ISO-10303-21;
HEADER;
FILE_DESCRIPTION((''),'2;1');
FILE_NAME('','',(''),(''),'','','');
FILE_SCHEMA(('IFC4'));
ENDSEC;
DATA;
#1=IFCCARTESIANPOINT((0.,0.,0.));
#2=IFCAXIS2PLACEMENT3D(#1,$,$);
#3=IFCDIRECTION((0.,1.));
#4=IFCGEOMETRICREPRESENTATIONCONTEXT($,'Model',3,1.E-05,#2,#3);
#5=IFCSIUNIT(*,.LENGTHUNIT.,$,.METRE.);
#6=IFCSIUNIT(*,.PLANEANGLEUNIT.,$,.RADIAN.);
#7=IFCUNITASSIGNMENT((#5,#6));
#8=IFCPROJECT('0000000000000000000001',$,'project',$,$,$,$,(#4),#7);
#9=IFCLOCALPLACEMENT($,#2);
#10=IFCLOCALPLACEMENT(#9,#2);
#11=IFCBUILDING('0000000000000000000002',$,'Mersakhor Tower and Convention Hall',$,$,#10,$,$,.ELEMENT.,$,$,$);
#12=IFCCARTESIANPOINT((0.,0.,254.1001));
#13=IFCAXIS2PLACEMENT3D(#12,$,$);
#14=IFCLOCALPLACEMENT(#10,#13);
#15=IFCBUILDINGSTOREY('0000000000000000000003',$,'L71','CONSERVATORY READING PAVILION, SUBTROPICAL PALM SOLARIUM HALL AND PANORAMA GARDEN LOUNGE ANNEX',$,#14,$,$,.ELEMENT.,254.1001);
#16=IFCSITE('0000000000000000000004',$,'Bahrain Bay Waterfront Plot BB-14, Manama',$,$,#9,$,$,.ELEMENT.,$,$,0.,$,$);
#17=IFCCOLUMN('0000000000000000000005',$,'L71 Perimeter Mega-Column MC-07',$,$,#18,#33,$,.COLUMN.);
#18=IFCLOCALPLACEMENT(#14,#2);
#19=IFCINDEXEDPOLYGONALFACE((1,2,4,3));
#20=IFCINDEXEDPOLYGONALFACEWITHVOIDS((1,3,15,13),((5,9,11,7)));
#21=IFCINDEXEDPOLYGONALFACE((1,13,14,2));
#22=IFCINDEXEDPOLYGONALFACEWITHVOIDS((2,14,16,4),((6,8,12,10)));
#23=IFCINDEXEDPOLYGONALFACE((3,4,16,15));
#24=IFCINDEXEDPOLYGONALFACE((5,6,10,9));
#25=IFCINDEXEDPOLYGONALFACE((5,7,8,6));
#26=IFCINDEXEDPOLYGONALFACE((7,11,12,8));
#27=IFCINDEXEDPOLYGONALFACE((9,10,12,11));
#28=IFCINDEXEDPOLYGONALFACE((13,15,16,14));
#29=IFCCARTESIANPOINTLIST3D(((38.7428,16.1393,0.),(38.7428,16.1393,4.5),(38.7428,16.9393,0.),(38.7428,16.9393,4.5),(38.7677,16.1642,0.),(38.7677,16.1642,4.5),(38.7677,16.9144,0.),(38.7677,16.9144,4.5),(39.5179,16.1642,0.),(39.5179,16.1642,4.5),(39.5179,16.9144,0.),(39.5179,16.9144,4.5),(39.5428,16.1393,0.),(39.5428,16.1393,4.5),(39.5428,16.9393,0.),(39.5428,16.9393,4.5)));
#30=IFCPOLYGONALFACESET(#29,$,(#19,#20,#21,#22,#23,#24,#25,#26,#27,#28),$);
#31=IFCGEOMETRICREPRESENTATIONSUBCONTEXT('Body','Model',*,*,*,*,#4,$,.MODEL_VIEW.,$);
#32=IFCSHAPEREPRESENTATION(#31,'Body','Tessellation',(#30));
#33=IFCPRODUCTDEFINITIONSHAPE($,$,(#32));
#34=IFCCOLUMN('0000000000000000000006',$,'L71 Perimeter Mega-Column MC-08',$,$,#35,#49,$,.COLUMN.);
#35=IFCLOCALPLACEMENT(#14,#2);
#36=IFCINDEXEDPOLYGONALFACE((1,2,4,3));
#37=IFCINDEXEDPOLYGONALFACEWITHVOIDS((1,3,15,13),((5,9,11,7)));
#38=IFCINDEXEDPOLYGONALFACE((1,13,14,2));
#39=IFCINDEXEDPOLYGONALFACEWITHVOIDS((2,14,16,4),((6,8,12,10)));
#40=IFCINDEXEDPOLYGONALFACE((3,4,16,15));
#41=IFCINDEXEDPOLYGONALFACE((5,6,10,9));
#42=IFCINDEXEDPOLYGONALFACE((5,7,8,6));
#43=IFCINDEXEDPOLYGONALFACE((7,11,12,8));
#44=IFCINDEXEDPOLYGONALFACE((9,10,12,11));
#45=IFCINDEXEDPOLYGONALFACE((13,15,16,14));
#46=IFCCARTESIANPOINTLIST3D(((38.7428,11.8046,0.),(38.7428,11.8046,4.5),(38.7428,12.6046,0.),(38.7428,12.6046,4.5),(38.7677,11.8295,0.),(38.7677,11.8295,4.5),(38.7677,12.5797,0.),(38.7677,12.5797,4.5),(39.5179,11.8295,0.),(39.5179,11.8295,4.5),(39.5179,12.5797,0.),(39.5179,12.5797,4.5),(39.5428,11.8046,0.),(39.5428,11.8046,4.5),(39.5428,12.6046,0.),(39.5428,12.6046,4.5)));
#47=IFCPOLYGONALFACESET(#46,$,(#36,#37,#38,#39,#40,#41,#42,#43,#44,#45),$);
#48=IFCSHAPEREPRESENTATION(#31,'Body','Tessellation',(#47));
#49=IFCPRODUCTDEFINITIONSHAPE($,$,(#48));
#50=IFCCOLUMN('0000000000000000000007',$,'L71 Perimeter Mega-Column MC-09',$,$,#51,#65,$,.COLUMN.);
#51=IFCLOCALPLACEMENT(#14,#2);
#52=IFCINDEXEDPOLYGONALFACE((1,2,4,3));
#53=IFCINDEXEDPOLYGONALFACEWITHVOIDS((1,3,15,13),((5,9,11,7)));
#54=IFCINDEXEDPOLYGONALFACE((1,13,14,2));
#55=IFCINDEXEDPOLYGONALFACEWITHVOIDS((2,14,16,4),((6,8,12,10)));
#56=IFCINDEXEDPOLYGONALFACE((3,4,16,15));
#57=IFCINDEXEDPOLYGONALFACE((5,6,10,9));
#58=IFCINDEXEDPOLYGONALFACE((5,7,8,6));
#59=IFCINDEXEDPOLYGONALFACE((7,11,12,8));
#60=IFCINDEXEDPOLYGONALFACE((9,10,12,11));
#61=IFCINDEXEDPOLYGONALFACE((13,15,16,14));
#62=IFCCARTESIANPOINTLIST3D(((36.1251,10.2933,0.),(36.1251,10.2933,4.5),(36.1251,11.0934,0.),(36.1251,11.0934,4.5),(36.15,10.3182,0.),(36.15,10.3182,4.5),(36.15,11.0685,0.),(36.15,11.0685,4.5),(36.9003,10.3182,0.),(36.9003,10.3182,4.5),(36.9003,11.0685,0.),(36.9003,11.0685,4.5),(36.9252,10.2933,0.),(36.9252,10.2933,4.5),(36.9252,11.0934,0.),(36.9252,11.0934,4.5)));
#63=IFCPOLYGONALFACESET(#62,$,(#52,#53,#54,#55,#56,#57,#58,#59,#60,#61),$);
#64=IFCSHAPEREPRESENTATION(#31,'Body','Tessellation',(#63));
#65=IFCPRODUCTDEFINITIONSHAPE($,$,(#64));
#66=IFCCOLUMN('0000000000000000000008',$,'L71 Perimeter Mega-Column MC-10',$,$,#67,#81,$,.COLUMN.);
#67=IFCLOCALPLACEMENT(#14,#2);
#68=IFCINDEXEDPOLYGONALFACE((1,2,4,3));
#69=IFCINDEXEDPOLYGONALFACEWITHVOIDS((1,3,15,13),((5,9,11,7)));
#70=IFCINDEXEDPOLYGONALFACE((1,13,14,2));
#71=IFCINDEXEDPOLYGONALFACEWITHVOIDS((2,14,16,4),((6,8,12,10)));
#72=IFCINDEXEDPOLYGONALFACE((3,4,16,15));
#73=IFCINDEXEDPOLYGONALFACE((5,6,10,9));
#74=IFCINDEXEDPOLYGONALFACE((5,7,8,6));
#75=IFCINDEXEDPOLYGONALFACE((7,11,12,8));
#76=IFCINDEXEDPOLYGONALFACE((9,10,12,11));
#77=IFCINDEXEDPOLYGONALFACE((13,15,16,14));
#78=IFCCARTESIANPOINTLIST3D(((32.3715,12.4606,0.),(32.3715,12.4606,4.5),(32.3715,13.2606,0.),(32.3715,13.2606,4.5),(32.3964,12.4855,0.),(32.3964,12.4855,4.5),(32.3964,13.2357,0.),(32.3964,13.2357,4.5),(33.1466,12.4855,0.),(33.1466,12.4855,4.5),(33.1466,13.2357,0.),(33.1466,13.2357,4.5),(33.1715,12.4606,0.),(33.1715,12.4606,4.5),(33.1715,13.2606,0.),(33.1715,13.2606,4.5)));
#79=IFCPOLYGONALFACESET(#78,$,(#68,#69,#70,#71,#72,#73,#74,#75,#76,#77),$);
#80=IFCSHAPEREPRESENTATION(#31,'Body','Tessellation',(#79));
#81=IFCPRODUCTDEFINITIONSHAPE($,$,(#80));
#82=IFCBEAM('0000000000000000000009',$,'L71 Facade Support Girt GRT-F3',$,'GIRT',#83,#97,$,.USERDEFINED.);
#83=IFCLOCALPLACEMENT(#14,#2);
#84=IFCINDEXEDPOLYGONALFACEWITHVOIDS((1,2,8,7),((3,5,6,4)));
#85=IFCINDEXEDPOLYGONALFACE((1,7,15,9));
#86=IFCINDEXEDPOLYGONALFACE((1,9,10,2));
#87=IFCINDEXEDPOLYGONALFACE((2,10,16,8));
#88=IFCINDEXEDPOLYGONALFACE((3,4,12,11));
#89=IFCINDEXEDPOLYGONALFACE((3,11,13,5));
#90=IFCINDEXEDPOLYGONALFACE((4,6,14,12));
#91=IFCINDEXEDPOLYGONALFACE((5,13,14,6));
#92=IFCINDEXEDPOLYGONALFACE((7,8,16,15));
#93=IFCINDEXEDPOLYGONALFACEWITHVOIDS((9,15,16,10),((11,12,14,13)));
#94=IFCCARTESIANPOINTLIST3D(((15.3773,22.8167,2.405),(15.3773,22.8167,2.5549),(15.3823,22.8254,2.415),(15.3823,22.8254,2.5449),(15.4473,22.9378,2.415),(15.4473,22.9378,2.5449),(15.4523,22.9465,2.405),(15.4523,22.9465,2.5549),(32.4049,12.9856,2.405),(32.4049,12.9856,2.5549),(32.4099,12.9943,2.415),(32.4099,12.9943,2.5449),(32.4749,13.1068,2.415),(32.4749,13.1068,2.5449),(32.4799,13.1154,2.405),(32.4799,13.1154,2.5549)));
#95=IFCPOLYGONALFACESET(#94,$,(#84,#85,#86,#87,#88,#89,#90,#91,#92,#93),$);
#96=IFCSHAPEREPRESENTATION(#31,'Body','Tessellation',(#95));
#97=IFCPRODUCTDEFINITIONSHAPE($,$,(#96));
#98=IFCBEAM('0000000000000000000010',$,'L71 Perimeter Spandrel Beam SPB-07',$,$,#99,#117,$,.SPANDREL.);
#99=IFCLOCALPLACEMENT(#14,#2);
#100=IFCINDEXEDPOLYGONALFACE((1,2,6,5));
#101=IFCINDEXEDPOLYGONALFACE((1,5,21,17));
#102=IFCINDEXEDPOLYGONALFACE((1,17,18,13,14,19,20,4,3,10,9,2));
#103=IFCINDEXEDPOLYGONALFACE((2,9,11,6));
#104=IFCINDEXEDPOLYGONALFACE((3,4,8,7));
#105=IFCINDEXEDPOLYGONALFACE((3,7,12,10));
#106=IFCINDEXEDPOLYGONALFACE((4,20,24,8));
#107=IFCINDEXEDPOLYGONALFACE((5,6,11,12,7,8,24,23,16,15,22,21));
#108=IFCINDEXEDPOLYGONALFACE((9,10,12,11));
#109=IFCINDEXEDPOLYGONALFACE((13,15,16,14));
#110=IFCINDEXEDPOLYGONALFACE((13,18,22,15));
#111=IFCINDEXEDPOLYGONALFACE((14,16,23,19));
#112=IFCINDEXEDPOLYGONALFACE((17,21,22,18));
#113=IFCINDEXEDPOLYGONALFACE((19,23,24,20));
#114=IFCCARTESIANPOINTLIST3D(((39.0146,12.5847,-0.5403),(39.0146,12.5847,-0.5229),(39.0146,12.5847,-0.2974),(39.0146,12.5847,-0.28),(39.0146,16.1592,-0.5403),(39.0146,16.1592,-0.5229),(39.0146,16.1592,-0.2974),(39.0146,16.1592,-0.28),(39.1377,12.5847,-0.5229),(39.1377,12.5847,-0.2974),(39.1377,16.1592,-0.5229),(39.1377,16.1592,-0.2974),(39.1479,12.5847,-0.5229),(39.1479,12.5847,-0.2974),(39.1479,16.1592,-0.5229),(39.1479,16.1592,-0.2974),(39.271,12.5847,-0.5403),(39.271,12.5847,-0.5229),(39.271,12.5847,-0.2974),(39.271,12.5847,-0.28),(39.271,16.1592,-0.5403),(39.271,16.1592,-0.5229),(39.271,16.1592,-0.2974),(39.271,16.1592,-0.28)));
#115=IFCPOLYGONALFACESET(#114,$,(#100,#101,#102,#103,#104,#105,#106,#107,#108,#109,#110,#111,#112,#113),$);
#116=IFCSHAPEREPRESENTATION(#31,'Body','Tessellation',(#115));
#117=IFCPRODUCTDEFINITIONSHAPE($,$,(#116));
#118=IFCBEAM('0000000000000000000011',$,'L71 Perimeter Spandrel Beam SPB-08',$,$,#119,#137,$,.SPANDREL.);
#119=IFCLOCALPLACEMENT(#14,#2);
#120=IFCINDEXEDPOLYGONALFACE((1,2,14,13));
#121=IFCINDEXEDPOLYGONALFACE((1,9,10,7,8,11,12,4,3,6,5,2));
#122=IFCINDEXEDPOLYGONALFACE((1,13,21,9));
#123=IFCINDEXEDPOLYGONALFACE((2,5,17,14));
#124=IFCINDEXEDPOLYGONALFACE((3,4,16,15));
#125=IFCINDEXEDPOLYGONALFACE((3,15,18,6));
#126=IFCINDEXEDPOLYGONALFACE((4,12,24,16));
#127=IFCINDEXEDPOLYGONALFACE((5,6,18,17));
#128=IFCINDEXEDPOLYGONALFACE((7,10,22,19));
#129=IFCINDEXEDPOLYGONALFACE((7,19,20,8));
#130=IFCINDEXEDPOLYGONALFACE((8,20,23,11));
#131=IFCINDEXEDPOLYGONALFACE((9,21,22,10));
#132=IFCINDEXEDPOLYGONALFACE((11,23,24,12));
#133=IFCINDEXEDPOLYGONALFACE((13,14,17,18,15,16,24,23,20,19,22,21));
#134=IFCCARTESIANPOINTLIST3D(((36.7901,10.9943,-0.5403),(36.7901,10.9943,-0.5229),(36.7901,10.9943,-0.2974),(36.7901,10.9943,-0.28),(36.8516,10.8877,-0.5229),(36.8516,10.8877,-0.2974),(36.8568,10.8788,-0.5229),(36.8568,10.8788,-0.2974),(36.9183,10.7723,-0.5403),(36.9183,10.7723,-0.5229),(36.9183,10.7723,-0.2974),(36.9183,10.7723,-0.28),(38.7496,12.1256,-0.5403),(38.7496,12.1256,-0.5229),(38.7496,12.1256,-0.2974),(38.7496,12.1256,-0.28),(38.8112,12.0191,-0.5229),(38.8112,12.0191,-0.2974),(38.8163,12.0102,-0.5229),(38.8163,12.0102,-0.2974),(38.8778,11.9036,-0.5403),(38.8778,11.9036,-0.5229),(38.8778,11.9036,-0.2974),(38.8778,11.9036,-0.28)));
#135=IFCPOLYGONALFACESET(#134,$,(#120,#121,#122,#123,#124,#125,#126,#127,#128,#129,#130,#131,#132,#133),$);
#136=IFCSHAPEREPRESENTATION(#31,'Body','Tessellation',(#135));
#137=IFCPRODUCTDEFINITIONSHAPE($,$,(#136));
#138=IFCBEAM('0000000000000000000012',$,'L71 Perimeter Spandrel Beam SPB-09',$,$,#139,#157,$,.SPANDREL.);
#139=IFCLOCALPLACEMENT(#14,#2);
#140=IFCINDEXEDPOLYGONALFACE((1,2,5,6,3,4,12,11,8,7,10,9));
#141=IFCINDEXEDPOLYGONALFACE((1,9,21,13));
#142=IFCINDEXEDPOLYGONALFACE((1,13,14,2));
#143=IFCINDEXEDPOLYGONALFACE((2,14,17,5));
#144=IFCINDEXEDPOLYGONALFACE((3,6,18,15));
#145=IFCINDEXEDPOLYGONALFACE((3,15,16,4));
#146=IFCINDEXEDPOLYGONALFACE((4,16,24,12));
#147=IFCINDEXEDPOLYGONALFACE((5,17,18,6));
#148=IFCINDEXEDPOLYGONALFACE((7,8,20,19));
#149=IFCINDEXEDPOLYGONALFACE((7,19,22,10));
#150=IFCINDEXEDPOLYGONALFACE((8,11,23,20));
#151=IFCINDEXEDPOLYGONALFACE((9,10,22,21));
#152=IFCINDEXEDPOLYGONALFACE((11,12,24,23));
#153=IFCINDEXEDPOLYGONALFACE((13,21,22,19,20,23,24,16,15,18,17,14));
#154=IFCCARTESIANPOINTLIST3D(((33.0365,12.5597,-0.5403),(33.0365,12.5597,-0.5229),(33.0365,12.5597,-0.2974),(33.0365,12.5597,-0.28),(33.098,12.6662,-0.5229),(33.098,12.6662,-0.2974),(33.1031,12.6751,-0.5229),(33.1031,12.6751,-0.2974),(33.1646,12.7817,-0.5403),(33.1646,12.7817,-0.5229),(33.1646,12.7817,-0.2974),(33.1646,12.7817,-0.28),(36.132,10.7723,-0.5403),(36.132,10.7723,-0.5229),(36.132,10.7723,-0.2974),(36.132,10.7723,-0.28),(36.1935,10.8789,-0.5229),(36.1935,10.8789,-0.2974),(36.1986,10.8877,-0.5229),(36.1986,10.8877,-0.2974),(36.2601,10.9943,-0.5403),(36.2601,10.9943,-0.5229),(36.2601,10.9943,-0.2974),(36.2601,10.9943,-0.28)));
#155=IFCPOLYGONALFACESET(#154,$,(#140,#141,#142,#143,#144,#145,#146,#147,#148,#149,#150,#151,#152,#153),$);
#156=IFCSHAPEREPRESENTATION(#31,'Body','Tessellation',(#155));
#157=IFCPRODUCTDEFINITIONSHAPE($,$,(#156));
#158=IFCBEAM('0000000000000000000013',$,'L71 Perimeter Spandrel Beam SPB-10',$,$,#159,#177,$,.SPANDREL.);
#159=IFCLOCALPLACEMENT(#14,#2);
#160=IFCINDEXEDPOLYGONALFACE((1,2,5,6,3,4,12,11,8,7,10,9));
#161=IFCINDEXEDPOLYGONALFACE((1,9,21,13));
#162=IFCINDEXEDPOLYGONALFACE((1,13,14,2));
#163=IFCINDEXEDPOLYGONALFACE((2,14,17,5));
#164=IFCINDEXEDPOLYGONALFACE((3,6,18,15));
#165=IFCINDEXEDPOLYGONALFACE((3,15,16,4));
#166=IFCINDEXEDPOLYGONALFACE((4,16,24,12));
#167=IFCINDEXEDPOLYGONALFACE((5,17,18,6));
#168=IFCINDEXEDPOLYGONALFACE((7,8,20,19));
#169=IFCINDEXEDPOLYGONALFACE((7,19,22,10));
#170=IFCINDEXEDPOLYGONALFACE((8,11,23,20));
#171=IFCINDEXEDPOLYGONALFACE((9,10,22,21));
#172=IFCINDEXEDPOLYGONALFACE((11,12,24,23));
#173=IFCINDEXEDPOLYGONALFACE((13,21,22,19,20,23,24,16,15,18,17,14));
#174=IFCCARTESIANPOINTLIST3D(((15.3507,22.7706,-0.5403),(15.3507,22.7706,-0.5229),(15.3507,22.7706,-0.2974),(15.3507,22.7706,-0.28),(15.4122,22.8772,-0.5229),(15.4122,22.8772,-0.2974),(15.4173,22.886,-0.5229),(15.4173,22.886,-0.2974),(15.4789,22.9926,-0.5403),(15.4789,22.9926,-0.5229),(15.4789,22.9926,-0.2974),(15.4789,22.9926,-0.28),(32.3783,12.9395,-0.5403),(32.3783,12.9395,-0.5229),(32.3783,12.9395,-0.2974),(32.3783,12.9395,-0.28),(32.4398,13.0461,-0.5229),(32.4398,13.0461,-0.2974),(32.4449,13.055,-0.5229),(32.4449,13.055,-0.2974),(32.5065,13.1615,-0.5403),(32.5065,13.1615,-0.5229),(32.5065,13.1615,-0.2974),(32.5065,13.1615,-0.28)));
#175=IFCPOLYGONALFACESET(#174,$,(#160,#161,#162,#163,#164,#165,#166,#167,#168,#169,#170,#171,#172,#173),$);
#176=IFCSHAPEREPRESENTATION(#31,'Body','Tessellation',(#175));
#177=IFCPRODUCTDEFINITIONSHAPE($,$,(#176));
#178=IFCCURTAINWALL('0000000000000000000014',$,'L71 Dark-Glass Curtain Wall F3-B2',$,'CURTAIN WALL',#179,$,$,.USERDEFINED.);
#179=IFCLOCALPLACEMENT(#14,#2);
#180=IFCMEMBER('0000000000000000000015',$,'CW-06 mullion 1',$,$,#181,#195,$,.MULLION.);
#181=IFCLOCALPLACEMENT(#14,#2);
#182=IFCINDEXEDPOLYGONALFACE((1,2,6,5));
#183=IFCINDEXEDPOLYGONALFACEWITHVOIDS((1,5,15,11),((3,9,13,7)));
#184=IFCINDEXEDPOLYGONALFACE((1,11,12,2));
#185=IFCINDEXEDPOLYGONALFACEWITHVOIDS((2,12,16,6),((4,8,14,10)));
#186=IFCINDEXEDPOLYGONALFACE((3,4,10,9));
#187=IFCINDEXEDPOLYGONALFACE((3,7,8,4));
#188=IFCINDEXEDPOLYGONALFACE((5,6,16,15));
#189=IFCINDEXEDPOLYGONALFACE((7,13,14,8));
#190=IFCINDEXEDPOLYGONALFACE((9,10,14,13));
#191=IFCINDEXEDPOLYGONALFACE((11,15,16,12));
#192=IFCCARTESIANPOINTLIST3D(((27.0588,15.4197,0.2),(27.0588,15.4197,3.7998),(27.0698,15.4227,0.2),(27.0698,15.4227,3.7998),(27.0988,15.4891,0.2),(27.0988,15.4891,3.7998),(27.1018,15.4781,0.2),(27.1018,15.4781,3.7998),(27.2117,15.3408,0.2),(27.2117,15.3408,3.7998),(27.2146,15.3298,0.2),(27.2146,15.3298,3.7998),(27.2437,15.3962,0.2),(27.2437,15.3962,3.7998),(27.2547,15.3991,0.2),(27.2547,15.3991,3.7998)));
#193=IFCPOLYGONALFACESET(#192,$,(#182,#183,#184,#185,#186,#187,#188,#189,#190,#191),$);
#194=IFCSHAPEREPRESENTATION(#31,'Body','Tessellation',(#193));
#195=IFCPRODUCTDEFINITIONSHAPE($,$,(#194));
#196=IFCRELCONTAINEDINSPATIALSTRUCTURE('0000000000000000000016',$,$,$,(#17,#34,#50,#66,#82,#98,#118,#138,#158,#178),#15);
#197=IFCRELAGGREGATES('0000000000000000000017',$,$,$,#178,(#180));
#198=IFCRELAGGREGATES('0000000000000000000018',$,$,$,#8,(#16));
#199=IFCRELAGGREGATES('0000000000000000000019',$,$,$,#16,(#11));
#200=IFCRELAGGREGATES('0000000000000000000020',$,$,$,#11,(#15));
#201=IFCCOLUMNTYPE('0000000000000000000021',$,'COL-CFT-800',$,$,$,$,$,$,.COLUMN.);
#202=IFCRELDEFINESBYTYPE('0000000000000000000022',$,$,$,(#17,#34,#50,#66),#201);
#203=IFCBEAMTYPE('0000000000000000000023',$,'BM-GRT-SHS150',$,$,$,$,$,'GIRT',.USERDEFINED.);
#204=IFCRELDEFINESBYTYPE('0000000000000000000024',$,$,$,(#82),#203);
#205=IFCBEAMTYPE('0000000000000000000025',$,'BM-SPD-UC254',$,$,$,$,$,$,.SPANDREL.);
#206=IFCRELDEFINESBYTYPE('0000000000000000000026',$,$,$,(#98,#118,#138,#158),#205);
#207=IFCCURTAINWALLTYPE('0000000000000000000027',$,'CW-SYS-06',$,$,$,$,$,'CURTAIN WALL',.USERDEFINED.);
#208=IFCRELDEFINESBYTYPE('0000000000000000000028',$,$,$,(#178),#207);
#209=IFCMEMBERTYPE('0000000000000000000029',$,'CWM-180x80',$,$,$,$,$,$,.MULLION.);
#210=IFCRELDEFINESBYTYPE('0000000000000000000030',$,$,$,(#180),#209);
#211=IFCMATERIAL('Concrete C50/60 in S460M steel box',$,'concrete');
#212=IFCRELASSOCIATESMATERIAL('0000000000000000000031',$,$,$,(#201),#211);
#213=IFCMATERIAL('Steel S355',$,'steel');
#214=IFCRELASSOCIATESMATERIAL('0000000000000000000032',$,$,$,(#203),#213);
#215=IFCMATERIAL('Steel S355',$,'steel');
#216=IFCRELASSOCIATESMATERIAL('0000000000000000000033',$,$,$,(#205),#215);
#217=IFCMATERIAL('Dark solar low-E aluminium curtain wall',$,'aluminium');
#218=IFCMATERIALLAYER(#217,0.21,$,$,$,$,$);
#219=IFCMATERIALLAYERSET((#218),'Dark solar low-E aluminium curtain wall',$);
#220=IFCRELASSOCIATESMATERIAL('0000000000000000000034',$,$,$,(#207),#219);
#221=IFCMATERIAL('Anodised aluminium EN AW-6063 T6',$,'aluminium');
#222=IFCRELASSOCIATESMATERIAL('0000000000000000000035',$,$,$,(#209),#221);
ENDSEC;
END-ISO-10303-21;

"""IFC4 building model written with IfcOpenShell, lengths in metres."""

from ifc_helpers import new_model, si_unit, direction, frame, origin, origin_2d, place, context, subcontext, project, spatial, hollow_rectangle, i_section, extrude, material, layer, layer_set, material_profile, profile_set, type_object, element, aggregate, save


model = new_model("IFC4")

# Units and contexts
model_context = context("Model", 3, precision=1e-05, world=origin(), true_north=direction((0.0, 1.0)))
body_context = subcontext(model_context, "Body", "Model", "MODEL_VIEW")
ifc_project = project(units=[si_unit("LENGTHUNIT", "METRE"), si_unit("PLANEANGLEUNIT", "RADIAN")], contexts=[model_context])

# Site, building, storey
site_placement = place(None, origin())
site = spatial("IfcSite", under=ifc_project, at=site_placement, Name="Bahrain Bay Waterfront Plot BB-14, Manama", CompositionType="ELEMENT", RefElevation=0.0)
building_placement = place(site_placement, origin())
building = spatial("IfcBuilding", under=site, at=building_placement, Name="Mersakhor Tower and Convention Hall", CompositionType="ELEMENT")
storey_placement = place(building_placement, frame((0.0, 0.0, 254.1001)))
storey = spatial("IfcBuildingStorey", under=building, at=storey_placement, Name="L71", Description="CONSERVATORY READING PAVILION, SUBTROPICAL PALM SOLARIUM HALL AND PANORAMA GARDEN LOUNGE ANNEX", CompositionType="ELEMENT", Elevation=254.1001)

# Columns
ifc_material_1 = material(Name="Concrete C50/60 in S460M steel box", Category="concrete")
ifc_material_profile_1 = material_profile(ifc_material_1, hollow_rectangle(XDim=0.8, YDim=0.8, WallThickness=0.0249, at=origin_2d()), Name="SHS 800x800x25")
ifc_profile_set_1 = profile_set([ifc_material_profile_1], Name="Concrete C50/60 in S460M steel box")
column_type = type_object("IfcColumnType", Name="COL-CFT-800", PredefinedType="COLUMN", material=ifc_profile_set_1)
for number, where, z_axis, x_axis, name in (
    (1, (39.1428, 16.5393, 0.0), (0.0, 0.0, 1.0), (1.0, 0.0, 0.0), "L71 Perimeter Mega-Column MC-07"),
    (2, (39.1428, 12.2046, 0.0), (0.0, 0.0, 1.0), (1.0, 0.0, 0.0), "L71 Perimeter Mega-Column MC-08"),
    (3, (36.5251, 10.6934, 0.0), (0.0, 0.0, 1.0), (1.0, 0.0, 0.0), "L71 Perimeter Mega-Column MC-09"),
    (4, (32.7715, 12.8606, 0.0), (0.0, 0.0, 1.0), (1.0, 0.0, 0.0), "L71 Perimeter Mega-Column MC-10"),
):
    element("IfcColumn", number, at=place(storey_placement, frame(where, z_axis=z_axis, x_axis=x_axis)), inside=storey, type_object=column_type, Name=name, PredefinedType="COLUMN", context=body_context, shape_type="SweptSolid", body=[
        extrude(hollow_rectangle(XDim=0.8, YDim=0.8, WallThickness=0.0249, at=origin_2d()), origin(), (0.0, 0.0, 1.0), 4.5),
    ])

# Beams
ifc_material_2 = material(Name="Steel S355", Category="steel")
ifc_material_profile_2 = material_profile(ifc_material_2, hollow_rectangle(XDim=0.1499, YDim=0.1499, WallThickness=0.01, at=origin_2d()), Name="SHS 150x150x10")
ifc_profile_set_2 = profile_set([ifc_material_profile_2], Name="Steel S355")
beam_type_1 = type_object("IfcBeamType", Name="BM-GRT-SHS150", ElementType="GIRT", PredefinedType="USERDEFINED", material=ifc_profile_set_2)
beam_1_placement = place(storey_placement, frame((32.4424, 13.0505, 2.48), z_axis=(-0.866022, 0.500007, 0.0), x_axis=(-0.500007, -0.866022, 0.0)))
element("IfcBeam", 5, at=beam_1_placement, inside=storey, type_object=beam_type_1, Name="L71 Facade Support Girt GRT-F3", ObjectType="GIRT", PredefinedType="USERDEFINED", context=body_context, shape_type="SweptSolid", body=[
    extrude(hollow_rectangle(XDim=0.1499, YDim=0.1499, WallThickness=0.01, at=origin_2d()), origin(), (0.0, 0.0, 1.0), 19.6619),
])
ifc_material_3 = material(Name="Steel S355", Category="steel")
ifc_material_profile_3 = material_profile(ifc_material_3, i_section(OverallWidth=0.2563, OverallDepth=0.2603, WebThickness=0.0103, FlangeThickness=0.0173, at=origin_2d()), Name="UC 254x254x89")
ifc_profile_set_3 = profile_set([ifc_material_profile_3], Name="Steel S355")
beam_type_2 = type_object("IfcBeamType", Name="BM-SPD-UC254", PredefinedType="SPANDREL", material=ifc_profile_set_3)
beam_2_placement = place(storey_placement, frame((39.1428, 16.1592, -0.4102), z_axis=(0.0, -1.0, 0.0), x_axis=(1.0, 0.0, 0.0)))
element("IfcBeam", 6, at=beam_2_placement, inside=storey, type_object=beam_type_2, Name="L71 Perimeter Spandrel Beam SPB-07", PredefinedType="SPANDREL", context=body_context, shape_type="SweptSolid", body=[
    extrude(i_section(OverallWidth=0.2563, OverallDepth=0.2603, WebThickness=0.0103, FlangeThickness=0.0173, at=origin_2d()), origin(), (0.0, 0.0, 1.0), 3.5745),
])
beam_3_placement = place(storey_placement, frame((38.8137, 12.0146, -0.4102), z_axis=(-0.866017, -0.500015, 0.0), x_axis=(0.500015, -0.866017, 0.0)))
element("IfcBeam", 7, at=beam_3_placement, inside=storey, type_object=beam_type_2, Name="L71 Perimeter Spandrel Beam SPB-08", PredefinedType="SPANDREL", context=body_context, shape_type="SweptSolid", body=[
    extrude(i_section(OverallWidth=0.2563, OverallDepth=0.2603, WebThickness=0.0103, FlangeThickness=0.0173, at=origin_2d()), origin(), (0.0, 0.0, 1.0), 2.2627),
])
beam_4_placement = place(storey_placement, frame((36.196, 10.8833, -0.4102), z_axis=(-0.866002, 0.50004, 0.0), x_axis=(-0.50004, -0.866002, 0.0)))
element("IfcBeam", 8, at=beam_4_placement, inside=storey, type_object=beam_type_2, Name="L71 Perimeter Spandrel Beam SPB-09", PredefinedType="SPANDREL", context=body_context, shape_type="SweptSolid", body=[
    extrude(i_section(OverallWidth=0.2563, OverallDepth=0.2603, WebThickness=0.0103, FlangeThickness=0.0173, at=origin_2d()), origin(), (0.0, 0.0, 1.0), 3.5745),
])
beam_5_placement = place(storey_placement, frame((32.4424, 13.0505, -0.4102), z_axis=(-0.866022, 0.500007, 0.0), x_axis=(-0.500007, -0.866022, 0.0)))
element("IfcBeam", 9, at=beam_5_placement, inside=storey, type_object=beam_type_2, Name="L71 Perimeter Spandrel Beam SPB-10", PredefinedType="SPANDREL", context=body_context, shape_type="SweptSolid", body=[
    extrude(i_section(OverallWidth=0.2563, OverallDepth=0.2603, WebThickness=0.0103, FlangeThickness=0.0173, at=origin_2d()), origin(), (0.0, 0.0, 1.0), 19.6619),
])

# Curtain wall, member
ifc_material_4 = material(Name="Dark solar low-E aluminium curtain wall", Category="aluminium")
ifc_layer_1 = layer(ifc_material_4, 0.21)
ifc_layer_set_1 = layer_set([ifc_layer_1], Name="Dark solar low-E aluminium curtain wall")
curtain_wall_type = type_object("IfcCurtainWallType", Name="CW-SYS-06", ElementType="CURTAIN WALL", PredefinedType="USERDEFINED", material=ifc_layer_set_1)
curtain_wall_placement = place(storey_placement, origin())
curtain_wall = element("IfcCurtainWall", 10, at=curtain_wall_placement, inside=storey, type_object=curtain_wall_type, Name="L71 Dark-Glass Curtain Wall F3-B2", ObjectType="CURTAIN WALL", PredefinedType="USERDEFINED")
ifc_material_5 = material(Name="Anodised aluminium EN AW-6063 T6", Category="aluminium")
ifc_material_profile_4 = material_profile(ifc_material_5, hollow_rectangle(XDim=0.0801, YDim=0.1799, WallThickness=0.0081, at=origin_2d()), Name="RHS 180x80x8")
ifc_profile_set_4 = profile_set([ifc_material_profile_4], Name="Anodised aluminium EN AW-6063 T6")
member_type_1 = type_object("IfcMemberType", Name="CWM-180x80", PredefinedType="MULLION", material=ifc_profile_set_4)
member_1_placement = place(storey_placement, frame((27.1567, 15.4094, 0.2), z_axis=(0.0, 0.0, 1.0), x_axis=(-0.500004, -0.866023, 0.0)))
member_1 = element("IfcMember", 11, at=member_1_placement, type_object=member_type_1, Name="CW-06 mullion 1", PredefinedType="MULLION", context=body_context, shape_type="SweptSolid", body=[
    extrude(hollow_rectangle(XDim=0.0801, YDim=0.1799, WallThickness=0.0081, at=origin_2d()), origin(), (0.0, 0.0, 1.0), 3.5999),
])
aggregate(curtain_wall, [member_1])

save(model, "model.ifc")
